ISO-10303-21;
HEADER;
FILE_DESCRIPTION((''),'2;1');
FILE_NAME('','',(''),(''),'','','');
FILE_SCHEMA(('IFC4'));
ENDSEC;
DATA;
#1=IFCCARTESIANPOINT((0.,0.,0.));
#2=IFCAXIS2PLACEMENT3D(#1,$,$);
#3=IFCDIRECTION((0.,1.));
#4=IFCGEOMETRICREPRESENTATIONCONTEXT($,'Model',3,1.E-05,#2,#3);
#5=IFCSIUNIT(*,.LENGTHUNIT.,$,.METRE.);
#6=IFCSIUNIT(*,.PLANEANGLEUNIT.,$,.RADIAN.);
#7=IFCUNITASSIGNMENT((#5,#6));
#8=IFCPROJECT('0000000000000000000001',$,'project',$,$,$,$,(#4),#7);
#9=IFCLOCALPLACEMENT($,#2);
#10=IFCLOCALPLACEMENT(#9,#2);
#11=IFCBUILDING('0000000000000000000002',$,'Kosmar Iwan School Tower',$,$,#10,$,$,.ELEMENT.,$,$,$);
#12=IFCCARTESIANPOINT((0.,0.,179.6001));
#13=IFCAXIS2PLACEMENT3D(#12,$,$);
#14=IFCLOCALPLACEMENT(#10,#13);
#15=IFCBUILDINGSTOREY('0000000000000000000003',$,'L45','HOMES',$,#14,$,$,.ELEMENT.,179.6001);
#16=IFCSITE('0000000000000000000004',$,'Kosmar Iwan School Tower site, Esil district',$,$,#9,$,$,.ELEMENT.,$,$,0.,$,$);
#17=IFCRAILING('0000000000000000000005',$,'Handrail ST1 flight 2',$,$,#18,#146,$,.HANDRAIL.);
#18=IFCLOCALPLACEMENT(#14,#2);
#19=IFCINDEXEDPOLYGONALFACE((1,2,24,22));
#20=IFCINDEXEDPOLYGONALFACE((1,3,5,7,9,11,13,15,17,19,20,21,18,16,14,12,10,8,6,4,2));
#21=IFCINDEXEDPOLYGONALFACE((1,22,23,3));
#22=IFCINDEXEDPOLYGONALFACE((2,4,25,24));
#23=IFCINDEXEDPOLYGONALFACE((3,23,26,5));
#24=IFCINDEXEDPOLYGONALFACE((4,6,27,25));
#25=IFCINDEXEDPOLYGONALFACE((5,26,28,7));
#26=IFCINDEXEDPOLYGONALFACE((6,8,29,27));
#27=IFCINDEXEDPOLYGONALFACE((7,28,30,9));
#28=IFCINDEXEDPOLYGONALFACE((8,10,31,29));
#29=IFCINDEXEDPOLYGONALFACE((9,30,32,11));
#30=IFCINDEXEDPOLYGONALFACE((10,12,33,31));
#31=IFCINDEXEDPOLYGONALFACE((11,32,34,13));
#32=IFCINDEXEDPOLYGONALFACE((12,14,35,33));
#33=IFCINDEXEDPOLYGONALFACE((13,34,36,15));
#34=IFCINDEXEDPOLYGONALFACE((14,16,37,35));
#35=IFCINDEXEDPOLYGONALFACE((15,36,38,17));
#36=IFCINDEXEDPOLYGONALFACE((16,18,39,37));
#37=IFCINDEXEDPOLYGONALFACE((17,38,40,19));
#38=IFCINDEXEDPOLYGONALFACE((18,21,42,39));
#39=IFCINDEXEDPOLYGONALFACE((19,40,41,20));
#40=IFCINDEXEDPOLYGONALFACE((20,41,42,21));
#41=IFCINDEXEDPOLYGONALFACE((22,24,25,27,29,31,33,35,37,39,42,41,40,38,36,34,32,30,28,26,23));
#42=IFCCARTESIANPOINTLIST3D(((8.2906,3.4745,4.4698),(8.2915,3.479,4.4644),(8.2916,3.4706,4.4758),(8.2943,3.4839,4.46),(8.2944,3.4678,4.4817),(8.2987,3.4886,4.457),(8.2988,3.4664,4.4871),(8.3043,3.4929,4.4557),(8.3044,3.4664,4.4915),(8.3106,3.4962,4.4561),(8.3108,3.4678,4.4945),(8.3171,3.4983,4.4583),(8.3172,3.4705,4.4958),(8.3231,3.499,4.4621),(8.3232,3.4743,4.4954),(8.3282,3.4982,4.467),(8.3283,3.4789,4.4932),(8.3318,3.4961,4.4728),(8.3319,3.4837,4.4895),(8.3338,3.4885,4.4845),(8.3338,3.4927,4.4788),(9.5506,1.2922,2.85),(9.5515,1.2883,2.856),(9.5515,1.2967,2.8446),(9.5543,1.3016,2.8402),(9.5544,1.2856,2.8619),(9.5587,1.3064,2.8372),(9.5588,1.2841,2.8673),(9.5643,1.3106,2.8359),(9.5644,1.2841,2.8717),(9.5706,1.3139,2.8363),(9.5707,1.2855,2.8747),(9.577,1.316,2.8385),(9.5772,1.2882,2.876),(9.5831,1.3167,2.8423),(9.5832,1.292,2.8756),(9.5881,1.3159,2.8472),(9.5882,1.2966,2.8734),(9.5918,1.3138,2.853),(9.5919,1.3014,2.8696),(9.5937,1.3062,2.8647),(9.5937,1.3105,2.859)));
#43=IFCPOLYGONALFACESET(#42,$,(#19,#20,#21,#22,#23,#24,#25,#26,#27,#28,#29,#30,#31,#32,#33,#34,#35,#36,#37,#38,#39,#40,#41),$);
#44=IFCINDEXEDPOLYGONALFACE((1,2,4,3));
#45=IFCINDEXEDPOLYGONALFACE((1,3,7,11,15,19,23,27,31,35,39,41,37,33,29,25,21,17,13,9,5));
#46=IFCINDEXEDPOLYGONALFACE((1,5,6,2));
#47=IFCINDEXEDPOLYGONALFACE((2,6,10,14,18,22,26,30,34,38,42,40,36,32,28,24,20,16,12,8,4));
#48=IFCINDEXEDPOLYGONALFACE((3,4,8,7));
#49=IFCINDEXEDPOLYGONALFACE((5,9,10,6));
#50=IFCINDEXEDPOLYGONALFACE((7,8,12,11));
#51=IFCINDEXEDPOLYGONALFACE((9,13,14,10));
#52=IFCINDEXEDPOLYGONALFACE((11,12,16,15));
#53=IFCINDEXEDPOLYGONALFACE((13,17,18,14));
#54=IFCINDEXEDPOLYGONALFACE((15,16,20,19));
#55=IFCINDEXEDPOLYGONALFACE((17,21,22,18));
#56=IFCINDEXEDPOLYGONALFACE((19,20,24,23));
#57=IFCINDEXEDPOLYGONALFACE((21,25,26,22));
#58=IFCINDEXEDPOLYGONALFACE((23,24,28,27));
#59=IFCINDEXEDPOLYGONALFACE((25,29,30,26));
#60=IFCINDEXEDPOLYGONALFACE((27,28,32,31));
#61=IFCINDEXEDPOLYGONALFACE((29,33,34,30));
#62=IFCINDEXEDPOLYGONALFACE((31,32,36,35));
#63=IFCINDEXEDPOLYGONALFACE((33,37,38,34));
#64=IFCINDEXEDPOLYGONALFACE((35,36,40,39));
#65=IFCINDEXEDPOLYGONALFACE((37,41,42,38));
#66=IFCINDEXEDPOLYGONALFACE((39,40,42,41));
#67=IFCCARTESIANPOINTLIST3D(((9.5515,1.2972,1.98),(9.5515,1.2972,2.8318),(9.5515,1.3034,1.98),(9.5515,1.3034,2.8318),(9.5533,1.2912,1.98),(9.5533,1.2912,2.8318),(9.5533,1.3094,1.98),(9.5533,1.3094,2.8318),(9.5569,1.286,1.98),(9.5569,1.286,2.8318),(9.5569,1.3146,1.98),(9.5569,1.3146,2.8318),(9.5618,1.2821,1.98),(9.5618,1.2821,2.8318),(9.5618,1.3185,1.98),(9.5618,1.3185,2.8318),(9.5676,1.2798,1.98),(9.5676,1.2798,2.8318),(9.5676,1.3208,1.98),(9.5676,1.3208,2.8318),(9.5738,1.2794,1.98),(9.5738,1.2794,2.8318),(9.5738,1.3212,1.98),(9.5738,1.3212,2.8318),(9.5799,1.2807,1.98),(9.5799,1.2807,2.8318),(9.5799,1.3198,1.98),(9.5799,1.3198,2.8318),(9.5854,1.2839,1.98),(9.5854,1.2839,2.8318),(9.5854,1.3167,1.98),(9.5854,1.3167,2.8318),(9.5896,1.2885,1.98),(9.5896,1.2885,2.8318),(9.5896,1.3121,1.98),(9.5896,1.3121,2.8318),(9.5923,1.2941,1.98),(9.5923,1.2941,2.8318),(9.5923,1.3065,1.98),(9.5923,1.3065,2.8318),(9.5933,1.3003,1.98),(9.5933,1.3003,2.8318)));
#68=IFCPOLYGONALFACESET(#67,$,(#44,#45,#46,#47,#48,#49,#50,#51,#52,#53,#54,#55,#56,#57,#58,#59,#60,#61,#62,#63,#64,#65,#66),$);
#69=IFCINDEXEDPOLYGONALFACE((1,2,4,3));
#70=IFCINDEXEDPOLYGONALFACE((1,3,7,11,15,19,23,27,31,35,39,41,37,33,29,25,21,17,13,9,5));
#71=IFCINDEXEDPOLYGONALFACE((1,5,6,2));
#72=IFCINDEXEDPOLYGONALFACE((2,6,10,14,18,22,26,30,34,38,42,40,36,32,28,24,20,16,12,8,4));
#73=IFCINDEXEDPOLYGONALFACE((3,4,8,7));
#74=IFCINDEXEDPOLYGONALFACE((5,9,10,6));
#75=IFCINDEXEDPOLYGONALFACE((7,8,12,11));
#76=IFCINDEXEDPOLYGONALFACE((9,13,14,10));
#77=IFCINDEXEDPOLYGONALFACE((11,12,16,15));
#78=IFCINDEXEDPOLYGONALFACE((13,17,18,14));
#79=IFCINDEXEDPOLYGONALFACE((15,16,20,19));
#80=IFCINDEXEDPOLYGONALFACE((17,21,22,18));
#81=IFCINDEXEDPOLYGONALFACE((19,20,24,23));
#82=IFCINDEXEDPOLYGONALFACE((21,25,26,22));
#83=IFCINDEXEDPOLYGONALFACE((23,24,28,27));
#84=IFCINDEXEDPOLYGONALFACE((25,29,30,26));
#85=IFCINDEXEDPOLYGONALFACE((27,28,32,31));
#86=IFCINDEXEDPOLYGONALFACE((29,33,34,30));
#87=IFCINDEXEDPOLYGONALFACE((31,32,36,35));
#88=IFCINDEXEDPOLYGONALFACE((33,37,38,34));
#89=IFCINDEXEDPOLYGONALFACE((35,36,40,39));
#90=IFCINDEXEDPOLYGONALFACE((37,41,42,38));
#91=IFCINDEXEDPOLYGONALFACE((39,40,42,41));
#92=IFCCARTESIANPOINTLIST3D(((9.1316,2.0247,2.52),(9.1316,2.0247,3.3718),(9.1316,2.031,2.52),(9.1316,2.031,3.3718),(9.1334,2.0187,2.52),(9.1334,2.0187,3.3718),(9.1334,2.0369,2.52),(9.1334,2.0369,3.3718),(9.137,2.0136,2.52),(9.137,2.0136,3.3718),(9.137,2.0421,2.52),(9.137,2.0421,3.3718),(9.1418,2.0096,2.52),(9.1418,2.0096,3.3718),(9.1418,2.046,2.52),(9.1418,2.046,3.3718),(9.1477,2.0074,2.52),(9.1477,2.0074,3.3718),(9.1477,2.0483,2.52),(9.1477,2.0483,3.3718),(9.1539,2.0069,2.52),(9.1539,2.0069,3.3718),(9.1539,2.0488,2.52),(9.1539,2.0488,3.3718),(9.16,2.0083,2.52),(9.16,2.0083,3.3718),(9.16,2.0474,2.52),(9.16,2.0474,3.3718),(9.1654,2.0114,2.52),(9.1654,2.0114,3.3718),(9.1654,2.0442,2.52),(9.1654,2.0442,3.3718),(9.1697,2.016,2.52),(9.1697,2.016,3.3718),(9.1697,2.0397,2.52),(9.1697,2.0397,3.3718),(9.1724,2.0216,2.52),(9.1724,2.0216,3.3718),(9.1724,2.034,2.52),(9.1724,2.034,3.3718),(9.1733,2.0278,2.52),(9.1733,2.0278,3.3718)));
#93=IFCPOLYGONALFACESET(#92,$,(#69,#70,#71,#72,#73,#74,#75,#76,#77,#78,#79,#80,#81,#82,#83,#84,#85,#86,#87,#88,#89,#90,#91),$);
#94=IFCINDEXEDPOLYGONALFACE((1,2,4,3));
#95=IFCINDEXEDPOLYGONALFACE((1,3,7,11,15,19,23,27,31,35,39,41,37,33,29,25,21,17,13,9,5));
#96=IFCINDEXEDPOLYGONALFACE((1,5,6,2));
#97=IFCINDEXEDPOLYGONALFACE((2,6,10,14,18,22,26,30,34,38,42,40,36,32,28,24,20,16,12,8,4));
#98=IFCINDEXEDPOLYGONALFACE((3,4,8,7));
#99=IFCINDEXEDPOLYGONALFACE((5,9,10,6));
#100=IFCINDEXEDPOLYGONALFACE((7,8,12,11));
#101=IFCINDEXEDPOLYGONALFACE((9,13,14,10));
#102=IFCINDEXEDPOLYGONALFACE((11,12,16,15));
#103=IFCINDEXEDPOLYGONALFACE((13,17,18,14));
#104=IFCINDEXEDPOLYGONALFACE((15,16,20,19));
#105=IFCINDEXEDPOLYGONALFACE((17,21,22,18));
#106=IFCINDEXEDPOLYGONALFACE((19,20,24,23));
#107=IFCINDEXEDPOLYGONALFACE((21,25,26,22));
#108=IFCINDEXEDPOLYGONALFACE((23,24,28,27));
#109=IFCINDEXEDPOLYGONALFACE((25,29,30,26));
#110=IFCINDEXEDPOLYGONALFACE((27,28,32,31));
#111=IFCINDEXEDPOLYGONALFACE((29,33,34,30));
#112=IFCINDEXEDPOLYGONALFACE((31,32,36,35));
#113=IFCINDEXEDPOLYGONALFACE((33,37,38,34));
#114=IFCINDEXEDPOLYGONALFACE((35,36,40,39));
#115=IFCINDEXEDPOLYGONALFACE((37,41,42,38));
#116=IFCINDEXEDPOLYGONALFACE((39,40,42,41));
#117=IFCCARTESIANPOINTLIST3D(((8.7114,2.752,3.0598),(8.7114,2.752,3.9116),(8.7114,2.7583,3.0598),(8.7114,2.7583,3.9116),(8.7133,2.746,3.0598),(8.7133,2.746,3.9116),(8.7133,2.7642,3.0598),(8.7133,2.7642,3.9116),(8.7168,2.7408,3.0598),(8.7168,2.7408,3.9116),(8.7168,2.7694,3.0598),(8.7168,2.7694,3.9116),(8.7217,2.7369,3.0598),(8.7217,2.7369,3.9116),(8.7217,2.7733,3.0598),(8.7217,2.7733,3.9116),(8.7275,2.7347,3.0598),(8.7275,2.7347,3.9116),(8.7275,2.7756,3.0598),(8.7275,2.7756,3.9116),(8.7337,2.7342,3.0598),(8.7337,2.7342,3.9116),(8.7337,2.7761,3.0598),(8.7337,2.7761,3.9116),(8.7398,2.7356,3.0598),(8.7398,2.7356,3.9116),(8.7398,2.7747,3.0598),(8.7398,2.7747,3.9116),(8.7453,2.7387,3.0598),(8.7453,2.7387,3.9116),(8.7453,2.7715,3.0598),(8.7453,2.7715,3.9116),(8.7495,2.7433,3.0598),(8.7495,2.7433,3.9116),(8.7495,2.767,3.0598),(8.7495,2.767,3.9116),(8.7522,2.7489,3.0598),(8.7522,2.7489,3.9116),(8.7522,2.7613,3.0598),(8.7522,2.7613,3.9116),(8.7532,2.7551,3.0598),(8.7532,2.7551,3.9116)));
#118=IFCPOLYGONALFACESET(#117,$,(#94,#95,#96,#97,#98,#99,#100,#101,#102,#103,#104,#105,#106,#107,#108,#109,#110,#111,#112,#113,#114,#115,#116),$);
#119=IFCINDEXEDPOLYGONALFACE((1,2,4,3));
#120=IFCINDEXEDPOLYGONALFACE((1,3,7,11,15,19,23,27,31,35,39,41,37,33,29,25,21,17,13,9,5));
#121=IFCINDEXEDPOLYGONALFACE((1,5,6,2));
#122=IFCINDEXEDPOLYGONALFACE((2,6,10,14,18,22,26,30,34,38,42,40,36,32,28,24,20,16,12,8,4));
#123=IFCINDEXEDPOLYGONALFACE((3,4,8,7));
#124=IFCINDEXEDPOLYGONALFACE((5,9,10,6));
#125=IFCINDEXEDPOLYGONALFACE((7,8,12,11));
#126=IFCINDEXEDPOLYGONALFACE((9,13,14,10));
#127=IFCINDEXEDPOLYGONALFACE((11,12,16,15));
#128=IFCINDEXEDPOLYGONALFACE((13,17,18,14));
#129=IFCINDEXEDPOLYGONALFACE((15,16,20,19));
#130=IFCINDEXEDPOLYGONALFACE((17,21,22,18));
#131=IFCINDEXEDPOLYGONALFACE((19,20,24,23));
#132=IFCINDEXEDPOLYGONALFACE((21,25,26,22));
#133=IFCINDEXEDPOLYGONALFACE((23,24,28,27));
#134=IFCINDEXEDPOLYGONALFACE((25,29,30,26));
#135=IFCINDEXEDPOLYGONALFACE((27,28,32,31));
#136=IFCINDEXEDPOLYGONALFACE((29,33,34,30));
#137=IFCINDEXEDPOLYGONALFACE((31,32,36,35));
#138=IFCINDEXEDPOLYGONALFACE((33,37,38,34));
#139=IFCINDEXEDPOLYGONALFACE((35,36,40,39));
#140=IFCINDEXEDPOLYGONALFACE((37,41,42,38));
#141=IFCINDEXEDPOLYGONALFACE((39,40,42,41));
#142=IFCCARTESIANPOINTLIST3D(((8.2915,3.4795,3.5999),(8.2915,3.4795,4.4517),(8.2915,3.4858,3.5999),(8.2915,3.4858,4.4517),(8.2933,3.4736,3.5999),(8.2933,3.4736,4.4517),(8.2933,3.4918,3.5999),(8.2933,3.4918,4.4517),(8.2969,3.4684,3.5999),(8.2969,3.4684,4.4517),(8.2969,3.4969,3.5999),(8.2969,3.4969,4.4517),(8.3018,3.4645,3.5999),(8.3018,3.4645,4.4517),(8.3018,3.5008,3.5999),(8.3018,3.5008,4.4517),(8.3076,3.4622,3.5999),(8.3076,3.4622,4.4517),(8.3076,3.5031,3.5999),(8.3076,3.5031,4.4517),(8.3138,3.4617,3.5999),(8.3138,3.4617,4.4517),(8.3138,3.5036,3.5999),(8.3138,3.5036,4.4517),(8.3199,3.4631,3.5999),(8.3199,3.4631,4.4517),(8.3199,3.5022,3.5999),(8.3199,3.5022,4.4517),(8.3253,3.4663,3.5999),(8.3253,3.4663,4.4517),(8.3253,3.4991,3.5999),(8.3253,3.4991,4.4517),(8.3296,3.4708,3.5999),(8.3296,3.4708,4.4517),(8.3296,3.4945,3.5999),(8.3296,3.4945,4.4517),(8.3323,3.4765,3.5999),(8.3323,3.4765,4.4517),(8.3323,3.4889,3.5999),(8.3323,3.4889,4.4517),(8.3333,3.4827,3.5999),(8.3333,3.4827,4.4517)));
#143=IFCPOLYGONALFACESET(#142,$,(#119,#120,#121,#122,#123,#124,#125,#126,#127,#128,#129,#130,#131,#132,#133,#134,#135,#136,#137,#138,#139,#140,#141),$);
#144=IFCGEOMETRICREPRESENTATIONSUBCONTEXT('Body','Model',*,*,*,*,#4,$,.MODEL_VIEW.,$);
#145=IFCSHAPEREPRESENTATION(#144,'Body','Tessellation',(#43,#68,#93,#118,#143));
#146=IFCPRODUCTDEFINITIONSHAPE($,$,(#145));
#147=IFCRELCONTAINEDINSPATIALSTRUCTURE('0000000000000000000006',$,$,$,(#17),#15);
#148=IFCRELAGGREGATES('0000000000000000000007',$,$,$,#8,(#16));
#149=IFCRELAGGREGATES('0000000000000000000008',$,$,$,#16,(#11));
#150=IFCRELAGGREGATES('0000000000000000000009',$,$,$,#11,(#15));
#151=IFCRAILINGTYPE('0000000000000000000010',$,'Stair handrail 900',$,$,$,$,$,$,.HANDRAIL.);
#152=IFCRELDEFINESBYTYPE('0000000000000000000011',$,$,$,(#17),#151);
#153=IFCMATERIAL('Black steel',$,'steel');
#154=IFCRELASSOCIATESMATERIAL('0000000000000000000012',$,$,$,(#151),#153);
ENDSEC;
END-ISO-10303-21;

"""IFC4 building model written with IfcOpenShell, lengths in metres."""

from ifc_helpers import new_model, si_unit, direction, frame, origin, origin_2d, place, context, subcontext, project, spatial, circle, extrude, material, type_object, element, save


model = new_model("IFC4")

# Units and contexts
model_context = context("Model", 3, precision=1e-05, world=origin(), true_north=direction((0.0, 1.0)))
body_context = subcontext(model_context, "Body", "Model", "MODEL_VIEW")
ifc_project = project(units=[si_unit("LENGTHUNIT", "METRE"), si_unit("PLANEANGLEUNIT", "RADIAN")], contexts=[model_context])

# Site, building, storey
site_placement = place(None, origin())
site = spatial("IfcSite", under=ifc_project, at=site_placement, Name="Kosmar Iwan School Tower site, Esil district", CompositionType="ELEMENT", RefElevation=0.0)
building_placement = place(site_placement, origin())
building = spatial("IfcBuilding", under=site, at=building_placement, Name="Kosmar Iwan School Tower", CompositionType="ELEMENT")
storey_placement = place(building_placement, frame((0.0, 0.0, 179.6001)))
storey = spatial("IfcBuildingStorey", under=building, at=storey_placement, Name="L45", Description="HOMES", CompositionType="ELEMENT", Elevation=179.6001)

# Railing
ifc_material_1 = material(Name="Black steel", Category="steel")
railing_type = type_object("IfcRailingType", Name="Stair handrail 900", PredefinedType="HANDRAIL", material=ifc_material_1)
railing_placement = place(storey_placement, frame((9.5723, 1.3003, 1.98)))
element("IfcRailing", 1, at=railing_placement, inside=storey, type_object=railing_type, Name="Handrail ST1 flight 2", PredefinedType="HANDRAIL", context=body_context, shape_type="SweptSolid", body=[
    extrude(circle(Radius=0.0239, at=origin_2d()), frame((0.0, 0.0, 0.876), z_axis=(-0.420603, 0.728496, 0.540728), x_axis=(-0.866023, -0.500005, 0.0)), (0.0, 0.0, 1.0), 2.9956),
    extrude(circle(Radius=0.021, at=origin_2d()), origin(), (0.0, 0.0, 1.0), 0.8518),
    extrude(circle(Radius=0.021, at=origin_2d()), frame((-0.4199, 0.7275, 0.54)), (0.0, 0.0, 1.0), 0.8518),
    extrude(circle(Radius=0.021, at=origin_2d()), frame((-0.8401, 1.4548, 1.0798)), (0.0, 0.0, 1.0), 0.8518),
    extrude(circle(Radius=0.021, at=origin_2d()), frame((-1.26, 2.1824, 1.6199)), (0.0, 0.0, 1.0), 0.8518),
])

save(model, "model.ifc")
